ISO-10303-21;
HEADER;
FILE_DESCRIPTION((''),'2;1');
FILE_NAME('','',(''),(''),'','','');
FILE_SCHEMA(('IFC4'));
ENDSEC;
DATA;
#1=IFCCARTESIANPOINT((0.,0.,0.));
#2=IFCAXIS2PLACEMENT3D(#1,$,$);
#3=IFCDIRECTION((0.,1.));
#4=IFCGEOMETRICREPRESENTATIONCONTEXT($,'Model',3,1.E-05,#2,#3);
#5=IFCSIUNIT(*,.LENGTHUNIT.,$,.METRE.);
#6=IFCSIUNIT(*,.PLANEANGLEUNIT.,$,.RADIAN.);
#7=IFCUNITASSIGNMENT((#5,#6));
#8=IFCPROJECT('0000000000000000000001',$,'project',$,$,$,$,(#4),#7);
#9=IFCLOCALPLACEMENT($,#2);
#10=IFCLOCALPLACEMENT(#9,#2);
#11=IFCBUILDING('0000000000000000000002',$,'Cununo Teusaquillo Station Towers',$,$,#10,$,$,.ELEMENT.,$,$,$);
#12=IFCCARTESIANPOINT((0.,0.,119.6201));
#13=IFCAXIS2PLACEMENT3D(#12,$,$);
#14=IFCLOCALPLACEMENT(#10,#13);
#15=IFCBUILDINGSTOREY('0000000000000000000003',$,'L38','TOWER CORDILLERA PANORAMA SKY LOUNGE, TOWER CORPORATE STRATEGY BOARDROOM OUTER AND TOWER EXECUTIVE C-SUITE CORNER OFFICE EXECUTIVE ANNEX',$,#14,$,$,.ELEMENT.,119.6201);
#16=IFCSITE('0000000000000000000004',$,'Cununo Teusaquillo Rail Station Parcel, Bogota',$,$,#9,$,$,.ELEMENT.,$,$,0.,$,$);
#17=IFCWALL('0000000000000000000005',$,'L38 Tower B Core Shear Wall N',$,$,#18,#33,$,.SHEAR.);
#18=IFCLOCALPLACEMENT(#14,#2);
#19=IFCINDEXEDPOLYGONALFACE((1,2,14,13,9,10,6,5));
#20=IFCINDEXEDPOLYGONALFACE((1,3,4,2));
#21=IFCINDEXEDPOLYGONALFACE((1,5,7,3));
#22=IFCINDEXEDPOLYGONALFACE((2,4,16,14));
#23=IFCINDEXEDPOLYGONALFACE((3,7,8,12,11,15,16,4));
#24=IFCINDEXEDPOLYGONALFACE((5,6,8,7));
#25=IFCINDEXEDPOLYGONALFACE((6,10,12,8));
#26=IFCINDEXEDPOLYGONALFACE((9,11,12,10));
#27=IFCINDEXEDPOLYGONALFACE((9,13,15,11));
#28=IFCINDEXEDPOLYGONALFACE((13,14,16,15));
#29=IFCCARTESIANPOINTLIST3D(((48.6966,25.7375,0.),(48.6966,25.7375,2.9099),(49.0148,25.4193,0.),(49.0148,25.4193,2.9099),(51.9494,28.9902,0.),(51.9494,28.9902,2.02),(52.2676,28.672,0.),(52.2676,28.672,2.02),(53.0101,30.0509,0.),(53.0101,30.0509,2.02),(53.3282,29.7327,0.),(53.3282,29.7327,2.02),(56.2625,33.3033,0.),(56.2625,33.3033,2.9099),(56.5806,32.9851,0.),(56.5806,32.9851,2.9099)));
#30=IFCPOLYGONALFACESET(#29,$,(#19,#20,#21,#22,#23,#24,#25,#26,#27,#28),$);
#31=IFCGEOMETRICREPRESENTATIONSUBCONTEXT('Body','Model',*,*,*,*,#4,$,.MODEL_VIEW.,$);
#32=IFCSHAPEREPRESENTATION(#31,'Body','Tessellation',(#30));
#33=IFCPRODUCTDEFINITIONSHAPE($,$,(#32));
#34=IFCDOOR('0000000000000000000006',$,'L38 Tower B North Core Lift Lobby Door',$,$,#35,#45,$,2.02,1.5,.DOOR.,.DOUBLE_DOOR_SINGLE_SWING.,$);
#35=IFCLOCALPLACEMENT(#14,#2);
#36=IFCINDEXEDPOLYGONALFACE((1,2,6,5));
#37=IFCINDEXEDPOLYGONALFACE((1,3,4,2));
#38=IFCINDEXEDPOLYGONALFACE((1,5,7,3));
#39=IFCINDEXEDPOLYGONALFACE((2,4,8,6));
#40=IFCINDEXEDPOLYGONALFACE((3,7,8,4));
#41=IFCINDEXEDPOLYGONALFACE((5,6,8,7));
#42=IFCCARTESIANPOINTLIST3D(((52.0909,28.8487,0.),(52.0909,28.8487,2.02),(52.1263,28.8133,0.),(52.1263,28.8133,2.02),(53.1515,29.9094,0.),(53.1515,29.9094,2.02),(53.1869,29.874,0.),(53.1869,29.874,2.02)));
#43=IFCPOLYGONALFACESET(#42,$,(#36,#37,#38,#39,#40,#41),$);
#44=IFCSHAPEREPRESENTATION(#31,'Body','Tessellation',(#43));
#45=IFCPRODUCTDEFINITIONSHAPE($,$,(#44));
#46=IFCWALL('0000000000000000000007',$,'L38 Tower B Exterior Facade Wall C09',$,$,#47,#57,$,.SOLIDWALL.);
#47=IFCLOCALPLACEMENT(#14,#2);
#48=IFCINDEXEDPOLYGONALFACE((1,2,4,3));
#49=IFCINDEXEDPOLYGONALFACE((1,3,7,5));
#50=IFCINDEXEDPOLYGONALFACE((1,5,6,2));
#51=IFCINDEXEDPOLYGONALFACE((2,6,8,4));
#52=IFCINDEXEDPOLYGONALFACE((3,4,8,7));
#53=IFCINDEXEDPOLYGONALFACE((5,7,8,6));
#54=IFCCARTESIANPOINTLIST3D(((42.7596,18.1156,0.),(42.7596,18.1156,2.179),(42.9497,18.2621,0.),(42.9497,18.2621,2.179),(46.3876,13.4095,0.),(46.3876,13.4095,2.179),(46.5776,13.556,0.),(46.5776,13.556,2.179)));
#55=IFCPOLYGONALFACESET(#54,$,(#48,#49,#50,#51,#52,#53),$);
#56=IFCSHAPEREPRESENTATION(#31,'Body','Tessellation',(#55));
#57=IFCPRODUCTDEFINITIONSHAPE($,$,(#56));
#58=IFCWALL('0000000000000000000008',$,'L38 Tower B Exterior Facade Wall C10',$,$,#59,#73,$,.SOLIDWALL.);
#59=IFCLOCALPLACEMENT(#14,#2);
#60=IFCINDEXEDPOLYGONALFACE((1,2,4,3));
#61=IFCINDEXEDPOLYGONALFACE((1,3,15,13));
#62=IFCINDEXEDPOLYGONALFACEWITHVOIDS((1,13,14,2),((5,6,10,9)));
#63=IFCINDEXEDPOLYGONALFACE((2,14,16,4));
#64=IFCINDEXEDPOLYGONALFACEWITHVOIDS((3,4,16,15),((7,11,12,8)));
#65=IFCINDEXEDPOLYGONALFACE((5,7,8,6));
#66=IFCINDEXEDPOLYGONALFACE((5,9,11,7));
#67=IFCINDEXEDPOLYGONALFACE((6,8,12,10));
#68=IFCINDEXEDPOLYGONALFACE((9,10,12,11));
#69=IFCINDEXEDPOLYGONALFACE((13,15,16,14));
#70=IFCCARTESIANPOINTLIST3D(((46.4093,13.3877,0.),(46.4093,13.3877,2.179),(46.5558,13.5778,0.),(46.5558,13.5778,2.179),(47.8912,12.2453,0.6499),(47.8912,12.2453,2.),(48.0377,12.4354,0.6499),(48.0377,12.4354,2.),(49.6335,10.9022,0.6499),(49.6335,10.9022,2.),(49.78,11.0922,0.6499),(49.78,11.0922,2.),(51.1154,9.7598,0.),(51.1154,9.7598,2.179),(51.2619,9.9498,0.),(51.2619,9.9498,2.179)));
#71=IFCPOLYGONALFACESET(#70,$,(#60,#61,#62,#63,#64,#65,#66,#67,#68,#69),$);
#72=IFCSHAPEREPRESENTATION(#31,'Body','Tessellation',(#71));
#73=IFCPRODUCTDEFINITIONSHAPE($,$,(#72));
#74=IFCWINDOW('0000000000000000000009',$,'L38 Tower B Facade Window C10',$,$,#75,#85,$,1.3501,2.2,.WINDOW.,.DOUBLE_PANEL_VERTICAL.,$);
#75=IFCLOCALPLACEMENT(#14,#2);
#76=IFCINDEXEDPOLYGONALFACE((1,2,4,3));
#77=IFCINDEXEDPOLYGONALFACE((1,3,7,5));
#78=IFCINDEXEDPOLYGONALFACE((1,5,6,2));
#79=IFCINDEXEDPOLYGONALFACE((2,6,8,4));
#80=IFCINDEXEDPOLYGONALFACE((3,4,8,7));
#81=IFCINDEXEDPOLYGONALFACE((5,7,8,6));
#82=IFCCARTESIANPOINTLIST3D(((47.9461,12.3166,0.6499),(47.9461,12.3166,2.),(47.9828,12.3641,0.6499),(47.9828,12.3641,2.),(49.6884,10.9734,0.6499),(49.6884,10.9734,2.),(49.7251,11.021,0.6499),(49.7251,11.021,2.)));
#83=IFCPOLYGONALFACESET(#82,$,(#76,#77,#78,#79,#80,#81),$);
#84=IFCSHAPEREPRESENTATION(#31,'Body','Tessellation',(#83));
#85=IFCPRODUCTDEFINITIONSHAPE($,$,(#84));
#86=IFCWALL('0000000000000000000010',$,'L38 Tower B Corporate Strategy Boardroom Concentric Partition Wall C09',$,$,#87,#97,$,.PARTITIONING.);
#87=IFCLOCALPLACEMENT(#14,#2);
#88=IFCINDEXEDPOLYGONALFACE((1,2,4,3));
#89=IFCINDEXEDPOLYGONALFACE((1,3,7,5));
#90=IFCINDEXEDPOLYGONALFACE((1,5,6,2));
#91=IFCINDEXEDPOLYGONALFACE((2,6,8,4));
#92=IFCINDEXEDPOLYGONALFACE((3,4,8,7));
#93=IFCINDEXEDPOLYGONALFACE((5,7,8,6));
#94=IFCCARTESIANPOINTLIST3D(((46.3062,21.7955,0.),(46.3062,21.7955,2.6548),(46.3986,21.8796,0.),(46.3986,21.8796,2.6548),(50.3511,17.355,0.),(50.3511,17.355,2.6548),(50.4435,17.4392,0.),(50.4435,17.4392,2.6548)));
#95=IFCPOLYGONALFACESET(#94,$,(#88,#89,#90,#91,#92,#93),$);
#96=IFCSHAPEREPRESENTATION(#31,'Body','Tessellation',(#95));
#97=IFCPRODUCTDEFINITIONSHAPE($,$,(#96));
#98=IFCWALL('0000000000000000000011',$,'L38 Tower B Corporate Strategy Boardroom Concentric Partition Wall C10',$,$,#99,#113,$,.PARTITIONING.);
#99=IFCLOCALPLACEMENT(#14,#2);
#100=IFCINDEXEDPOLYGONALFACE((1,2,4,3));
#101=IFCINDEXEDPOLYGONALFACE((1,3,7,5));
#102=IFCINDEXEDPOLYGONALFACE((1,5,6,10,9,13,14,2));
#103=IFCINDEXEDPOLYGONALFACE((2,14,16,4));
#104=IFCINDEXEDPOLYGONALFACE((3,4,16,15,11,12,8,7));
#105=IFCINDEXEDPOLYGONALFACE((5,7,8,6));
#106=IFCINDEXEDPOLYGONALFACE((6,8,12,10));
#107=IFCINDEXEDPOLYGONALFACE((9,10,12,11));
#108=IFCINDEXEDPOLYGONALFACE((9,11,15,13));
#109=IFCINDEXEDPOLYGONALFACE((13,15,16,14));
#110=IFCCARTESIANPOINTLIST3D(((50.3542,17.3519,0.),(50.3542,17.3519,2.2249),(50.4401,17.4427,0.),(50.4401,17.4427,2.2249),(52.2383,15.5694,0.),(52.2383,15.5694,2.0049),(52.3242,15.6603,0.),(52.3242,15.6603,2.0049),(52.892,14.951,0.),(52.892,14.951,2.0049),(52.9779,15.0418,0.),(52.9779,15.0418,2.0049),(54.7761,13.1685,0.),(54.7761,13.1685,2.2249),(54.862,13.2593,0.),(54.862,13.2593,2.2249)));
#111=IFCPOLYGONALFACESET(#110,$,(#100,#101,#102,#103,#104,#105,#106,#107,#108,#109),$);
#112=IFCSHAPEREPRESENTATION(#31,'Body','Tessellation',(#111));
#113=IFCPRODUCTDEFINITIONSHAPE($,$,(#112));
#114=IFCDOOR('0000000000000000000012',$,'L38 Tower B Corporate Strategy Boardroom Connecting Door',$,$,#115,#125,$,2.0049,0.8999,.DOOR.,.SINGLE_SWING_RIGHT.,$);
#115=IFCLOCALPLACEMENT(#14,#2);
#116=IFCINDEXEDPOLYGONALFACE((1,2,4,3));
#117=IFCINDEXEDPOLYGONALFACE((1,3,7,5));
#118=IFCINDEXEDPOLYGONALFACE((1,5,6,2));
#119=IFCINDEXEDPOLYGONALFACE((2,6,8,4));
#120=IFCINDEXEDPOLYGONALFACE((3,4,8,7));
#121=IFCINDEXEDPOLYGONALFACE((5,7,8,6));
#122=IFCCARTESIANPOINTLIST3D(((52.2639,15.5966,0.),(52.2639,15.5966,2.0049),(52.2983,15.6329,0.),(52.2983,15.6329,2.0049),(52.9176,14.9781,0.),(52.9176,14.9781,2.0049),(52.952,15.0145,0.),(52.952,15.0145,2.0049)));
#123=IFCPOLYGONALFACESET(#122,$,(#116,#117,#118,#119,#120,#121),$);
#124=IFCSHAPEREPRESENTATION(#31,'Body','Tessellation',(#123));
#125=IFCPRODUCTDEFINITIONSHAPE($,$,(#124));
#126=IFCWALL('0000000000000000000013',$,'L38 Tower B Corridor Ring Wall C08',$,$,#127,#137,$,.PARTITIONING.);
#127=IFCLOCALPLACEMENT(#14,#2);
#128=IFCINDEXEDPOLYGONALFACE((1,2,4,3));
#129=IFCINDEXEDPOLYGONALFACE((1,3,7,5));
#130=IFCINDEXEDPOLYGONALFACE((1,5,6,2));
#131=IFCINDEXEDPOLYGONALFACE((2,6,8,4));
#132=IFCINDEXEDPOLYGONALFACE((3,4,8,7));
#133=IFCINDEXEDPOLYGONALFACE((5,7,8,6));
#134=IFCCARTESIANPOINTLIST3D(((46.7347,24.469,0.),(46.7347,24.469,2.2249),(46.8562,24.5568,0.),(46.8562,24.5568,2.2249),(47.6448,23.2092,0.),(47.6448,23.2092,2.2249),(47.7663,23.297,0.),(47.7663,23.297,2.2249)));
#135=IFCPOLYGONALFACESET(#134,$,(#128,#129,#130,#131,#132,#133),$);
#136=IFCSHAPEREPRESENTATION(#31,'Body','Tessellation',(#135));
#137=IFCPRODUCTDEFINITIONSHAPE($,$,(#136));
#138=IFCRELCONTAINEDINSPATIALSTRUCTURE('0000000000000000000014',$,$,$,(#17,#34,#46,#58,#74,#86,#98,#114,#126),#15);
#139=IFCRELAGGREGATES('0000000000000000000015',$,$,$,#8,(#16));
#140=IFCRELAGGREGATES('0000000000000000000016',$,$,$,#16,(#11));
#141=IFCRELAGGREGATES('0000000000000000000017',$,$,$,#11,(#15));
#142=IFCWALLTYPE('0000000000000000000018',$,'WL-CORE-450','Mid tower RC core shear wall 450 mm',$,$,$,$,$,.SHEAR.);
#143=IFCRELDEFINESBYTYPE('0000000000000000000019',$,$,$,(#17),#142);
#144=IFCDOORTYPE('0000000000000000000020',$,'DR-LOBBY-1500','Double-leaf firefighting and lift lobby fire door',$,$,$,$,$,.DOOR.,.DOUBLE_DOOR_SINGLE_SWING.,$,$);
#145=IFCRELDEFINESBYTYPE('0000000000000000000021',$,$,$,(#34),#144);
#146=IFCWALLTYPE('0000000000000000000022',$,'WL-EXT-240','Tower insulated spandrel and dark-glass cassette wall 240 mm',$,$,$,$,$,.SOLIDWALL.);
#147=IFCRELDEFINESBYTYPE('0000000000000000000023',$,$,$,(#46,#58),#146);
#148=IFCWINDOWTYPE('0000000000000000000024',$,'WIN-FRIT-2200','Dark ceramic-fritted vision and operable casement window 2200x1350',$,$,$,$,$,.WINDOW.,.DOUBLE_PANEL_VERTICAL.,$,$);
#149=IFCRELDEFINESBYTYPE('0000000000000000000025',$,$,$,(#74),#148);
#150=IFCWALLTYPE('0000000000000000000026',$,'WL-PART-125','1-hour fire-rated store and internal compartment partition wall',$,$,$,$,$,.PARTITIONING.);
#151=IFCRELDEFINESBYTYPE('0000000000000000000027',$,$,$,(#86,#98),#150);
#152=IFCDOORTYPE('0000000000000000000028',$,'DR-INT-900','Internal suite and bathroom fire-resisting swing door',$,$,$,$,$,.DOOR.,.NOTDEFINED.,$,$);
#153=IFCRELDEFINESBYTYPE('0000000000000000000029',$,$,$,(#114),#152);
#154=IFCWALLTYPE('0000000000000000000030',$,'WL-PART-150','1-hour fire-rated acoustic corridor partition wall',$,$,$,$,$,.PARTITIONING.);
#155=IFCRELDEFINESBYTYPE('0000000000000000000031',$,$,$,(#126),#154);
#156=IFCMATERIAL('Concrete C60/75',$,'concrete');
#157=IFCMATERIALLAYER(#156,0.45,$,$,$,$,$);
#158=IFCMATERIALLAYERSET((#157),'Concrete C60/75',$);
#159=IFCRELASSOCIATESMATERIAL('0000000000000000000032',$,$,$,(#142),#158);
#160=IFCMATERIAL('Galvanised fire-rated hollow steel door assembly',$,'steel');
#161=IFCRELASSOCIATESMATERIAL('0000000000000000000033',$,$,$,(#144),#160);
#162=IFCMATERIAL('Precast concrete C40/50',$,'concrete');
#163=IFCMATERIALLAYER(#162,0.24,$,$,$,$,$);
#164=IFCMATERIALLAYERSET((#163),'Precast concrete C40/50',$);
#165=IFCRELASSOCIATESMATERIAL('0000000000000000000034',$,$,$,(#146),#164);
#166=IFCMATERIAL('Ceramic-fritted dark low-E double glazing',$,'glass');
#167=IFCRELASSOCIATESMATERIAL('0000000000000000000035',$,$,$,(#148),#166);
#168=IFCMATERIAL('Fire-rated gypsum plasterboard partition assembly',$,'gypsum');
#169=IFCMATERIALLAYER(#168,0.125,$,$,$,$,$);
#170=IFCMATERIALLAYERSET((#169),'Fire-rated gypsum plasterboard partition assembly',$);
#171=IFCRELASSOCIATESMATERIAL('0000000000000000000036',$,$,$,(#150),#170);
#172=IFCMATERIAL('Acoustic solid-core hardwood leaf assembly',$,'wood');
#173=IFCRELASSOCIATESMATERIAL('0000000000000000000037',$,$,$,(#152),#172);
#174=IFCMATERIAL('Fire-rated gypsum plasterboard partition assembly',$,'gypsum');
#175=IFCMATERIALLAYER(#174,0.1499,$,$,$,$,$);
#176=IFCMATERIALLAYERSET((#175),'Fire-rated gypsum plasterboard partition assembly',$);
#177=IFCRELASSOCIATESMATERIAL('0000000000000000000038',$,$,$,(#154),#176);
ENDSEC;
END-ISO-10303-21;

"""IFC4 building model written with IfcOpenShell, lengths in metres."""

from ifc_helpers import new_model, si_unit, direction, frame, frame_2d, origin, place, context, subcontext, project, spatial, rectangle, extrude, source, transform, mapped, material, layer, layer_set, type_object, element, fill, save


model = new_model("IFC4")

# Units and contexts
model_context = context("Model", 3, precision=1e-05, world=origin(), true_north=direction((0.0, 1.0)))
body_context = subcontext(model_context, "Body", "Model", "MODEL_VIEW")
ifc_project = project(units=[si_unit("LENGTHUNIT", "METRE"), si_unit("PLANEANGLEUNIT", "RADIAN")], contexts=[model_context])

# Site, building, storey
site_placement = place(None, origin())
site = spatial("IfcSite", under=ifc_project, at=site_placement, Name="Cununo Teusaquillo Rail Station Parcel, Bogota", CompositionType="ELEMENT", RefElevation=0.0)
building_placement = place(site_placement, origin())
building = spatial("IfcBuilding", under=site, at=building_placement, Name="Cununo Teusaquillo Station Towers", CompositionType="ELEMENT")
storey_placement = place(building_placement, frame((0.0, 0.0, 119.6201)))
storey = spatial("IfcBuildingStorey", under=building, at=storey_placement, Name="L38", Description="TOWER CORDILLERA PANORAMA SKY LOUNGE, TOWER CORPORATE STRATEGY BOARDROOM OUTER AND TOWER EXECUTIVE C-SUITE CORNER OFFICE EXECUTIVE ANNEX", CompositionType="ELEMENT", Elevation=119.6201)

# Wall, opening, door
ifc_material_1 = material(Name="Concrete C60/75", Category="concrete")
ifc_layer_1 = layer(ifc_material_1, 0.45)
ifc_layer_set_1 = layer_set([ifc_layer_1], Name="Concrete C60/75")
wall_type_1 = type_object("IfcWallType", Name="WL-CORE-450", Description="Mid tower RC core shear wall 450 mm", PredefinedType="SHEAR", material=ifc_layer_set_1)
wall_1_placement = place(storey_placement, frame((48.8557, 25.5784, 0.0), z_axis=(0.0, 0.0, 1.0), x_axis=(0.707107, 0.707107, 0.0)))
wall_1 = element("IfcWall", 1, at=wall_1_placement, inside=storey, type_object=wall_type_1, Name="L38 Tower B Core Shear Wall N", PredefinedType="SHEAR", context=body_context, shape_type="SweptSolid", body=[
    extrude(rectangle(XDim=10.6997, YDim=0.45, at=frame_2d((5.3499, 0.0))), origin(), (0.0, 0.0, 1.0), 2.9099),
])
shared_shape_1 = source(origin(), body_context, "Body", "SweptSolid", [
    extrude(rectangle(XDim=1.5, YDim=2.02, at=frame_2d((0.75, 1.01))), frame((0.0, 0.2349, 0.0), z_axis=(0.0, -1.0, 0.0), x_axis=(1.0, 0.0, 0.0)), (0.0, 0.0, 1.0), 0.47),
])
opening_1_placement = place(wall_1_placement, frame((4.6001, 0.0, 0.0)))
opening_1 = element("IfcOpeningElement", 2, at=opening_1_placement, cuts=wall_1, PredefinedType="OPENING", context=body_context, shape_type="MappedRepresentation", body=[
    mapped(shared_shape_1, transform((0.0, 0.0, 0.0), x_axis=(1.0, 0.0, 0.0), y_axis=(0.0, 1.0, 0.0), z_axis=(0.0, 0.0, 1.0), scale=1.0)),
])
ifc_material_2 = material(Name="Galvanised fire-rated hollow steel door assembly", Category="steel")
door_type_1 = type_object("IfcDoorType", Name="DR-LOBBY-1500", Description="Double-leaf firefighting and lift lobby fire door", OperationType="DOUBLE_DOOR_SINGLE_SWING", PredefinedType="DOOR", material=ifc_material_2)
shared_shape_2 = source(origin(), body_context, "Body", "SweptSolid", [
    extrude(rectangle(XDim=1.5, YDim=2.02, at=frame_2d((0.75, 1.01))), frame((0.0, 0.0249, 0.0), z_axis=(0.0, -1.0, 0.0), x_axis=(1.0, 0.0, 0.0)), (0.0, 0.0, 1.0), 0.05),
])
door_1_placement = place(opening_1_placement, origin())
door_1 = element("IfcDoor", 3, at=door_1_placement, inside=storey, type_object=door_type_1, Name="L38 Tower B North Core Lift Lobby Door", OperationType="DOUBLE_DOOR_SINGLE_SWING", OverallHeight=2.02, OverallWidth=1.5, PredefinedType="DOOR", context=body_context, shape_type="MappedRepresentation", body=[
    mapped(shared_shape_2, transform((0.0, 0.0, 0.0), x_axis=(1.0, 0.0, 0.0), y_axis=(0.0, 1.0, 0.0), z_axis=(0.0, 0.0, 1.0), scale=1.0)),
])
fill(opening_1, door_1)

# Wall
ifc_material_3 = material(Name="Precast concrete C40/50", Category="concrete")
ifc_layer_2 = layer(ifc_material_3, 0.24)
ifc_layer_set_2 = layer_set([ifc_layer_2], Name="Precast concrete C40/50")
wall_type_2 = type_object("IfcWallType", Name="WL-EXT-240", Description="Tower insulated spandrel and dark-glass cassette wall 240 mm", PredefinedType="SOLIDWALL", material=ifc_layer_set_2)
wall_2_placement = place(storey_placement, frame((46.4827, 13.4827, 0.0), z_axis=(0.0, 0.0, 1.0), x_axis=(-0.610544, 0.791982, 0.0)))
element("IfcWall", 4, at=wall_2_placement, inside=storey, type_object=wall_type_2, Name="L38 Tower B Exterior Facade Wall C09", PredefinedType="SOLIDWALL", context=body_context, shape_type="SweptSolid", body=[
    extrude(rectangle(XDim=5.9421, YDim=0.24, at=frame_2d((2.9712, 0.0))), origin(), (0.0, 0.0, 1.0), 2.179),
])

# Wall, opening, window
wall_3_placement = place(storey_placement, frame((51.1887, 9.8547, 0.0), z_axis=(0.0, 0.0, 1.0), x_axis=(-0.791982, 0.610544, 0.0)))
wall_3 = element("IfcWall", 5, at=wall_3_placement, inside=storey, type_object=wall_type_2, Name="L38 Tower B Exterior Facade Wall C10", PredefinedType="SOLIDWALL", context=body_context, shape_type="SweptSolid", body=[
    extrude(rectangle(XDim=5.9421, YDim=0.24, at=frame_2d((2.9712, 0.0))), origin(), (0.0, 0.0, 1.0), 2.179),
])
shared_shape_3 = source(origin(), body_context, "Body", "SweptSolid", [
    extrude(rectangle(XDim=2.2, YDim=1.3501, at=frame_2d((1.1001, 0.675))), frame((0.0, 0.1299, 0.0), z_axis=(0.0, -1.0, 0.0), x_axis=(1.0, 0.0, 0.0)), (0.0, 0.0, 1.0), 0.26),
])
opening_2_placement = place(wall_3_placement, frame((1.8711, 0.0, 0.6499)))
opening_2 = element("IfcOpeningElement", 6, at=opening_2_placement, cuts=wall_3, PredefinedType="OPENING", context=body_context, shape_type="MappedRepresentation", body=[
    mapped(shared_shape_3, transform((0.0, 0.0, 0.0), x_axis=(1.0, 0.0, 0.0), y_axis=(0.0, 1.0, 0.0), z_axis=(0.0, 0.0, 1.0), scale=1.0)),
])
ifc_material_4 = material(Name="Ceramic-fritted dark low-E double glazing", Category="glass")
window_type = type_object("IfcWindowType", Name="WIN-FRIT-2200", Description="Dark ceramic-fritted vision and operable casement window 2200x1350", PartitioningType="DOUBLE_PANEL_VERTICAL", PredefinedType="WINDOW", material=ifc_material_4)
shared_shape_4 = source(origin(), body_context, "Body", "SweptSolid", [
    extrude(rectangle(XDim=2.2, YDim=1.3501, at=frame_2d((1.1001, 0.675))), frame((0.0, 0.03, 0.0), z_axis=(0.0, -1.0, 0.0), x_axis=(1.0, 0.0, 0.0)), (0.0, 0.0, 1.0), 0.0601),
])
window_placement = place(opening_2_placement, origin())
window = element("IfcWindow", 7, at=window_placement, inside=storey, type_object=window_type, Name="L38 Tower B Facade Window C10", OverallHeight=1.3501, OverallWidth=2.2, PartitioningType="DOUBLE_PANEL_VERTICAL", PredefinedType="WINDOW", context=body_context, shape_type="MappedRepresentation", body=[
    mapped(shared_shape_4, transform((0.0, 0.0, 0.0), x_axis=(1.0, 0.0, 0.0), y_axis=(0.0, 1.0, 0.0), z_axis=(0.0, 0.0, 1.0), scale=1.0)),
])
fill(opening_2, window)

# Wall
ifc_material_5 = material(Name="Fire-rated gypsum plasterboard partition assembly", Category="gypsum")
ifc_layer_3 = layer(ifc_material_5, 0.125)
ifc_layer_set_3 = layer_set([ifc_layer_3], Name="Fire-rated gypsum plasterboard partition assembly")
wall_type_3 = type_object("IfcWallType", Name="WL-PART-125", Description="1-hour fire-rated store and internal compartment partition wall", PredefinedType="PARTITIONING", material=ifc_layer_set_3)
wall_4_placement = place(storey_placement, frame((46.3523, 21.8376, 0.0), z_axis=(0.0, 0.0, 1.0), x_axis=(0.673417, -0.739263, 0.0)))
element("IfcWall", 8, at=wall_4_placement, inside=storey, type_object=wall_type_3, Name="L38 Tower B Corporate Strategy Boardroom Concentric Partition Wall C09", PredefinedType="PARTITIONING", context=body_context, shape_type="SweptSolid", body=[
    extrude(rectangle(XDim=6.0066, YDim=0.125, at=frame_2d((3.0034, 0.0))), origin(), (0.0, 0.0, 1.0), 2.6548),
])

# Wall, opening, door
wall_5_placement = place(storey_placement, frame((50.3972, 17.3972, 0.0), z_axis=(0.0, 0.0, 1.0), x_axis=(0.726428, -0.687243, 0.0)))
wall_5 = element("IfcWall", 9, at=wall_5_placement, inside=storey, type_object=wall_type_3, Name="L38 Tower B Corporate Strategy Boardroom Concentric Partition Wall C10", PredefinedType="PARTITIONING", context=body_context, shape_type="SweptSolid", body=[
    extrude(rectangle(XDim=6.0872, YDim=0.125, at=frame_2d((3.0435, 0.0))), origin(), (0.0, 0.0, 1.0), 2.2249),
])
shared_shape_5 = source(origin(), body_context, "Body", "SweptSolid", [
    extrude(rectangle(XDim=0.8999, YDim=2.0049, at=frame_2d((0.45, 1.0024))), frame((0.0, 0.0725, 0.0), z_axis=(0.0, -1.0, 0.0), x_axis=(1.0, 0.0, 0.0)), (0.0, 0.0, 1.0), 0.145),
])
opening_3_placement = place(wall_5_placement, frame((2.5935, 0.0, 0.0)))
opening_3 = element("IfcOpeningElement", 10, at=opening_3_placement, cuts=wall_5, PredefinedType="OPENING", context=body_context, shape_type="MappedRepresentation", body=[
    mapped(shared_shape_5, transform((0.0, 0.0, 0.0), x_axis=(1.0, 0.0, 0.0), y_axis=(0.0, 1.0, 0.0), z_axis=(0.0, 0.0, 1.0), scale=1.0)),
])
ifc_material_6 = material(Name="Acoustic solid-core hardwood leaf assembly", Category="wood")
door_type_2 = type_object("IfcDoorType", Name="DR-INT-900", Description="Internal suite and bathroom fire-resisting swing door", OperationType="NOTDEFINED", PredefinedType="DOOR", material=ifc_material_6)
shared_shape_6 = source(origin(), body_context, "Body", "SweptSolid", [
    extrude(rectangle(XDim=0.8999, YDim=2.0049, at=frame_2d((0.45, 1.0024))), frame((0.0, 0.0249, 0.0), z_axis=(0.0, -1.0, 0.0), x_axis=(1.0, 0.0, 0.0)), (0.0, 0.0, 1.0), 0.05),
])
door_2_placement = place(opening_3_placement, origin())
door_2 = element("IfcDoor", 11, at=door_2_placement, inside=storey, type_object=door_type_2, Name="L38 Tower B Corporate Strategy Boardroom Connecting Door", OperationType="SINGLE_SWING_RIGHT", OverallHeight=2.0049, OverallWidth=0.8999, PredefinedType="DOOR", context=body_context, shape_type="MappedRepresentation", body=[
    mapped(shared_shape_6, transform((0.0, 0.0, 0.0), x_axis=(1.0, 0.0, 0.0), y_axis=(0.0, 1.0, 0.0), z_axis=(0.0, 0.0, 1.0), scale=1.0)),
])
fill(opening_3, door_2)

# Wall
ifc_material_7 = material(Name="Fire-rated gypsum plasterboard partition assembly", Category="gypsum")
ifc_layer_4 = layer(ifc_material_7, 0.1499)
ifc_layer_set_4 = layer_set([ifc_layer_4], Name="Fire-rated gypsum plasterboard partition assembly")
wall_type_4 = type_object("IfcWallType", Name="WL-PART-150", Description="1-hour fire-rated acoustic corridor partition wall", PredefinedType="PARTITIONING", material=ifc_layer_set_4)
wall_6_placement = place(storey_placement, frame((46.7954, 24.5129, 0.0), z_axis=(0.0, 0.0, 1.0), x_axis=(0.585628, -0.81058, 0.0)))
element("IfcWall", 12, at=wall_6_placement, inside=storey, type_object=wall_type_4, Name="L38 Tower B Corridor Ring Wall C08", PredefinedType="PARTITIONING", context=body_context, shape_type="SweptSolid", body=[
    extrude(rectangle(XDim=1.5542, YDim=0.1499, at=frame_2d((0.7771, 0.0))), origin(), (0.0, 0.0, 1.0), 2.2249),
])

save(model, "model.ifc")
